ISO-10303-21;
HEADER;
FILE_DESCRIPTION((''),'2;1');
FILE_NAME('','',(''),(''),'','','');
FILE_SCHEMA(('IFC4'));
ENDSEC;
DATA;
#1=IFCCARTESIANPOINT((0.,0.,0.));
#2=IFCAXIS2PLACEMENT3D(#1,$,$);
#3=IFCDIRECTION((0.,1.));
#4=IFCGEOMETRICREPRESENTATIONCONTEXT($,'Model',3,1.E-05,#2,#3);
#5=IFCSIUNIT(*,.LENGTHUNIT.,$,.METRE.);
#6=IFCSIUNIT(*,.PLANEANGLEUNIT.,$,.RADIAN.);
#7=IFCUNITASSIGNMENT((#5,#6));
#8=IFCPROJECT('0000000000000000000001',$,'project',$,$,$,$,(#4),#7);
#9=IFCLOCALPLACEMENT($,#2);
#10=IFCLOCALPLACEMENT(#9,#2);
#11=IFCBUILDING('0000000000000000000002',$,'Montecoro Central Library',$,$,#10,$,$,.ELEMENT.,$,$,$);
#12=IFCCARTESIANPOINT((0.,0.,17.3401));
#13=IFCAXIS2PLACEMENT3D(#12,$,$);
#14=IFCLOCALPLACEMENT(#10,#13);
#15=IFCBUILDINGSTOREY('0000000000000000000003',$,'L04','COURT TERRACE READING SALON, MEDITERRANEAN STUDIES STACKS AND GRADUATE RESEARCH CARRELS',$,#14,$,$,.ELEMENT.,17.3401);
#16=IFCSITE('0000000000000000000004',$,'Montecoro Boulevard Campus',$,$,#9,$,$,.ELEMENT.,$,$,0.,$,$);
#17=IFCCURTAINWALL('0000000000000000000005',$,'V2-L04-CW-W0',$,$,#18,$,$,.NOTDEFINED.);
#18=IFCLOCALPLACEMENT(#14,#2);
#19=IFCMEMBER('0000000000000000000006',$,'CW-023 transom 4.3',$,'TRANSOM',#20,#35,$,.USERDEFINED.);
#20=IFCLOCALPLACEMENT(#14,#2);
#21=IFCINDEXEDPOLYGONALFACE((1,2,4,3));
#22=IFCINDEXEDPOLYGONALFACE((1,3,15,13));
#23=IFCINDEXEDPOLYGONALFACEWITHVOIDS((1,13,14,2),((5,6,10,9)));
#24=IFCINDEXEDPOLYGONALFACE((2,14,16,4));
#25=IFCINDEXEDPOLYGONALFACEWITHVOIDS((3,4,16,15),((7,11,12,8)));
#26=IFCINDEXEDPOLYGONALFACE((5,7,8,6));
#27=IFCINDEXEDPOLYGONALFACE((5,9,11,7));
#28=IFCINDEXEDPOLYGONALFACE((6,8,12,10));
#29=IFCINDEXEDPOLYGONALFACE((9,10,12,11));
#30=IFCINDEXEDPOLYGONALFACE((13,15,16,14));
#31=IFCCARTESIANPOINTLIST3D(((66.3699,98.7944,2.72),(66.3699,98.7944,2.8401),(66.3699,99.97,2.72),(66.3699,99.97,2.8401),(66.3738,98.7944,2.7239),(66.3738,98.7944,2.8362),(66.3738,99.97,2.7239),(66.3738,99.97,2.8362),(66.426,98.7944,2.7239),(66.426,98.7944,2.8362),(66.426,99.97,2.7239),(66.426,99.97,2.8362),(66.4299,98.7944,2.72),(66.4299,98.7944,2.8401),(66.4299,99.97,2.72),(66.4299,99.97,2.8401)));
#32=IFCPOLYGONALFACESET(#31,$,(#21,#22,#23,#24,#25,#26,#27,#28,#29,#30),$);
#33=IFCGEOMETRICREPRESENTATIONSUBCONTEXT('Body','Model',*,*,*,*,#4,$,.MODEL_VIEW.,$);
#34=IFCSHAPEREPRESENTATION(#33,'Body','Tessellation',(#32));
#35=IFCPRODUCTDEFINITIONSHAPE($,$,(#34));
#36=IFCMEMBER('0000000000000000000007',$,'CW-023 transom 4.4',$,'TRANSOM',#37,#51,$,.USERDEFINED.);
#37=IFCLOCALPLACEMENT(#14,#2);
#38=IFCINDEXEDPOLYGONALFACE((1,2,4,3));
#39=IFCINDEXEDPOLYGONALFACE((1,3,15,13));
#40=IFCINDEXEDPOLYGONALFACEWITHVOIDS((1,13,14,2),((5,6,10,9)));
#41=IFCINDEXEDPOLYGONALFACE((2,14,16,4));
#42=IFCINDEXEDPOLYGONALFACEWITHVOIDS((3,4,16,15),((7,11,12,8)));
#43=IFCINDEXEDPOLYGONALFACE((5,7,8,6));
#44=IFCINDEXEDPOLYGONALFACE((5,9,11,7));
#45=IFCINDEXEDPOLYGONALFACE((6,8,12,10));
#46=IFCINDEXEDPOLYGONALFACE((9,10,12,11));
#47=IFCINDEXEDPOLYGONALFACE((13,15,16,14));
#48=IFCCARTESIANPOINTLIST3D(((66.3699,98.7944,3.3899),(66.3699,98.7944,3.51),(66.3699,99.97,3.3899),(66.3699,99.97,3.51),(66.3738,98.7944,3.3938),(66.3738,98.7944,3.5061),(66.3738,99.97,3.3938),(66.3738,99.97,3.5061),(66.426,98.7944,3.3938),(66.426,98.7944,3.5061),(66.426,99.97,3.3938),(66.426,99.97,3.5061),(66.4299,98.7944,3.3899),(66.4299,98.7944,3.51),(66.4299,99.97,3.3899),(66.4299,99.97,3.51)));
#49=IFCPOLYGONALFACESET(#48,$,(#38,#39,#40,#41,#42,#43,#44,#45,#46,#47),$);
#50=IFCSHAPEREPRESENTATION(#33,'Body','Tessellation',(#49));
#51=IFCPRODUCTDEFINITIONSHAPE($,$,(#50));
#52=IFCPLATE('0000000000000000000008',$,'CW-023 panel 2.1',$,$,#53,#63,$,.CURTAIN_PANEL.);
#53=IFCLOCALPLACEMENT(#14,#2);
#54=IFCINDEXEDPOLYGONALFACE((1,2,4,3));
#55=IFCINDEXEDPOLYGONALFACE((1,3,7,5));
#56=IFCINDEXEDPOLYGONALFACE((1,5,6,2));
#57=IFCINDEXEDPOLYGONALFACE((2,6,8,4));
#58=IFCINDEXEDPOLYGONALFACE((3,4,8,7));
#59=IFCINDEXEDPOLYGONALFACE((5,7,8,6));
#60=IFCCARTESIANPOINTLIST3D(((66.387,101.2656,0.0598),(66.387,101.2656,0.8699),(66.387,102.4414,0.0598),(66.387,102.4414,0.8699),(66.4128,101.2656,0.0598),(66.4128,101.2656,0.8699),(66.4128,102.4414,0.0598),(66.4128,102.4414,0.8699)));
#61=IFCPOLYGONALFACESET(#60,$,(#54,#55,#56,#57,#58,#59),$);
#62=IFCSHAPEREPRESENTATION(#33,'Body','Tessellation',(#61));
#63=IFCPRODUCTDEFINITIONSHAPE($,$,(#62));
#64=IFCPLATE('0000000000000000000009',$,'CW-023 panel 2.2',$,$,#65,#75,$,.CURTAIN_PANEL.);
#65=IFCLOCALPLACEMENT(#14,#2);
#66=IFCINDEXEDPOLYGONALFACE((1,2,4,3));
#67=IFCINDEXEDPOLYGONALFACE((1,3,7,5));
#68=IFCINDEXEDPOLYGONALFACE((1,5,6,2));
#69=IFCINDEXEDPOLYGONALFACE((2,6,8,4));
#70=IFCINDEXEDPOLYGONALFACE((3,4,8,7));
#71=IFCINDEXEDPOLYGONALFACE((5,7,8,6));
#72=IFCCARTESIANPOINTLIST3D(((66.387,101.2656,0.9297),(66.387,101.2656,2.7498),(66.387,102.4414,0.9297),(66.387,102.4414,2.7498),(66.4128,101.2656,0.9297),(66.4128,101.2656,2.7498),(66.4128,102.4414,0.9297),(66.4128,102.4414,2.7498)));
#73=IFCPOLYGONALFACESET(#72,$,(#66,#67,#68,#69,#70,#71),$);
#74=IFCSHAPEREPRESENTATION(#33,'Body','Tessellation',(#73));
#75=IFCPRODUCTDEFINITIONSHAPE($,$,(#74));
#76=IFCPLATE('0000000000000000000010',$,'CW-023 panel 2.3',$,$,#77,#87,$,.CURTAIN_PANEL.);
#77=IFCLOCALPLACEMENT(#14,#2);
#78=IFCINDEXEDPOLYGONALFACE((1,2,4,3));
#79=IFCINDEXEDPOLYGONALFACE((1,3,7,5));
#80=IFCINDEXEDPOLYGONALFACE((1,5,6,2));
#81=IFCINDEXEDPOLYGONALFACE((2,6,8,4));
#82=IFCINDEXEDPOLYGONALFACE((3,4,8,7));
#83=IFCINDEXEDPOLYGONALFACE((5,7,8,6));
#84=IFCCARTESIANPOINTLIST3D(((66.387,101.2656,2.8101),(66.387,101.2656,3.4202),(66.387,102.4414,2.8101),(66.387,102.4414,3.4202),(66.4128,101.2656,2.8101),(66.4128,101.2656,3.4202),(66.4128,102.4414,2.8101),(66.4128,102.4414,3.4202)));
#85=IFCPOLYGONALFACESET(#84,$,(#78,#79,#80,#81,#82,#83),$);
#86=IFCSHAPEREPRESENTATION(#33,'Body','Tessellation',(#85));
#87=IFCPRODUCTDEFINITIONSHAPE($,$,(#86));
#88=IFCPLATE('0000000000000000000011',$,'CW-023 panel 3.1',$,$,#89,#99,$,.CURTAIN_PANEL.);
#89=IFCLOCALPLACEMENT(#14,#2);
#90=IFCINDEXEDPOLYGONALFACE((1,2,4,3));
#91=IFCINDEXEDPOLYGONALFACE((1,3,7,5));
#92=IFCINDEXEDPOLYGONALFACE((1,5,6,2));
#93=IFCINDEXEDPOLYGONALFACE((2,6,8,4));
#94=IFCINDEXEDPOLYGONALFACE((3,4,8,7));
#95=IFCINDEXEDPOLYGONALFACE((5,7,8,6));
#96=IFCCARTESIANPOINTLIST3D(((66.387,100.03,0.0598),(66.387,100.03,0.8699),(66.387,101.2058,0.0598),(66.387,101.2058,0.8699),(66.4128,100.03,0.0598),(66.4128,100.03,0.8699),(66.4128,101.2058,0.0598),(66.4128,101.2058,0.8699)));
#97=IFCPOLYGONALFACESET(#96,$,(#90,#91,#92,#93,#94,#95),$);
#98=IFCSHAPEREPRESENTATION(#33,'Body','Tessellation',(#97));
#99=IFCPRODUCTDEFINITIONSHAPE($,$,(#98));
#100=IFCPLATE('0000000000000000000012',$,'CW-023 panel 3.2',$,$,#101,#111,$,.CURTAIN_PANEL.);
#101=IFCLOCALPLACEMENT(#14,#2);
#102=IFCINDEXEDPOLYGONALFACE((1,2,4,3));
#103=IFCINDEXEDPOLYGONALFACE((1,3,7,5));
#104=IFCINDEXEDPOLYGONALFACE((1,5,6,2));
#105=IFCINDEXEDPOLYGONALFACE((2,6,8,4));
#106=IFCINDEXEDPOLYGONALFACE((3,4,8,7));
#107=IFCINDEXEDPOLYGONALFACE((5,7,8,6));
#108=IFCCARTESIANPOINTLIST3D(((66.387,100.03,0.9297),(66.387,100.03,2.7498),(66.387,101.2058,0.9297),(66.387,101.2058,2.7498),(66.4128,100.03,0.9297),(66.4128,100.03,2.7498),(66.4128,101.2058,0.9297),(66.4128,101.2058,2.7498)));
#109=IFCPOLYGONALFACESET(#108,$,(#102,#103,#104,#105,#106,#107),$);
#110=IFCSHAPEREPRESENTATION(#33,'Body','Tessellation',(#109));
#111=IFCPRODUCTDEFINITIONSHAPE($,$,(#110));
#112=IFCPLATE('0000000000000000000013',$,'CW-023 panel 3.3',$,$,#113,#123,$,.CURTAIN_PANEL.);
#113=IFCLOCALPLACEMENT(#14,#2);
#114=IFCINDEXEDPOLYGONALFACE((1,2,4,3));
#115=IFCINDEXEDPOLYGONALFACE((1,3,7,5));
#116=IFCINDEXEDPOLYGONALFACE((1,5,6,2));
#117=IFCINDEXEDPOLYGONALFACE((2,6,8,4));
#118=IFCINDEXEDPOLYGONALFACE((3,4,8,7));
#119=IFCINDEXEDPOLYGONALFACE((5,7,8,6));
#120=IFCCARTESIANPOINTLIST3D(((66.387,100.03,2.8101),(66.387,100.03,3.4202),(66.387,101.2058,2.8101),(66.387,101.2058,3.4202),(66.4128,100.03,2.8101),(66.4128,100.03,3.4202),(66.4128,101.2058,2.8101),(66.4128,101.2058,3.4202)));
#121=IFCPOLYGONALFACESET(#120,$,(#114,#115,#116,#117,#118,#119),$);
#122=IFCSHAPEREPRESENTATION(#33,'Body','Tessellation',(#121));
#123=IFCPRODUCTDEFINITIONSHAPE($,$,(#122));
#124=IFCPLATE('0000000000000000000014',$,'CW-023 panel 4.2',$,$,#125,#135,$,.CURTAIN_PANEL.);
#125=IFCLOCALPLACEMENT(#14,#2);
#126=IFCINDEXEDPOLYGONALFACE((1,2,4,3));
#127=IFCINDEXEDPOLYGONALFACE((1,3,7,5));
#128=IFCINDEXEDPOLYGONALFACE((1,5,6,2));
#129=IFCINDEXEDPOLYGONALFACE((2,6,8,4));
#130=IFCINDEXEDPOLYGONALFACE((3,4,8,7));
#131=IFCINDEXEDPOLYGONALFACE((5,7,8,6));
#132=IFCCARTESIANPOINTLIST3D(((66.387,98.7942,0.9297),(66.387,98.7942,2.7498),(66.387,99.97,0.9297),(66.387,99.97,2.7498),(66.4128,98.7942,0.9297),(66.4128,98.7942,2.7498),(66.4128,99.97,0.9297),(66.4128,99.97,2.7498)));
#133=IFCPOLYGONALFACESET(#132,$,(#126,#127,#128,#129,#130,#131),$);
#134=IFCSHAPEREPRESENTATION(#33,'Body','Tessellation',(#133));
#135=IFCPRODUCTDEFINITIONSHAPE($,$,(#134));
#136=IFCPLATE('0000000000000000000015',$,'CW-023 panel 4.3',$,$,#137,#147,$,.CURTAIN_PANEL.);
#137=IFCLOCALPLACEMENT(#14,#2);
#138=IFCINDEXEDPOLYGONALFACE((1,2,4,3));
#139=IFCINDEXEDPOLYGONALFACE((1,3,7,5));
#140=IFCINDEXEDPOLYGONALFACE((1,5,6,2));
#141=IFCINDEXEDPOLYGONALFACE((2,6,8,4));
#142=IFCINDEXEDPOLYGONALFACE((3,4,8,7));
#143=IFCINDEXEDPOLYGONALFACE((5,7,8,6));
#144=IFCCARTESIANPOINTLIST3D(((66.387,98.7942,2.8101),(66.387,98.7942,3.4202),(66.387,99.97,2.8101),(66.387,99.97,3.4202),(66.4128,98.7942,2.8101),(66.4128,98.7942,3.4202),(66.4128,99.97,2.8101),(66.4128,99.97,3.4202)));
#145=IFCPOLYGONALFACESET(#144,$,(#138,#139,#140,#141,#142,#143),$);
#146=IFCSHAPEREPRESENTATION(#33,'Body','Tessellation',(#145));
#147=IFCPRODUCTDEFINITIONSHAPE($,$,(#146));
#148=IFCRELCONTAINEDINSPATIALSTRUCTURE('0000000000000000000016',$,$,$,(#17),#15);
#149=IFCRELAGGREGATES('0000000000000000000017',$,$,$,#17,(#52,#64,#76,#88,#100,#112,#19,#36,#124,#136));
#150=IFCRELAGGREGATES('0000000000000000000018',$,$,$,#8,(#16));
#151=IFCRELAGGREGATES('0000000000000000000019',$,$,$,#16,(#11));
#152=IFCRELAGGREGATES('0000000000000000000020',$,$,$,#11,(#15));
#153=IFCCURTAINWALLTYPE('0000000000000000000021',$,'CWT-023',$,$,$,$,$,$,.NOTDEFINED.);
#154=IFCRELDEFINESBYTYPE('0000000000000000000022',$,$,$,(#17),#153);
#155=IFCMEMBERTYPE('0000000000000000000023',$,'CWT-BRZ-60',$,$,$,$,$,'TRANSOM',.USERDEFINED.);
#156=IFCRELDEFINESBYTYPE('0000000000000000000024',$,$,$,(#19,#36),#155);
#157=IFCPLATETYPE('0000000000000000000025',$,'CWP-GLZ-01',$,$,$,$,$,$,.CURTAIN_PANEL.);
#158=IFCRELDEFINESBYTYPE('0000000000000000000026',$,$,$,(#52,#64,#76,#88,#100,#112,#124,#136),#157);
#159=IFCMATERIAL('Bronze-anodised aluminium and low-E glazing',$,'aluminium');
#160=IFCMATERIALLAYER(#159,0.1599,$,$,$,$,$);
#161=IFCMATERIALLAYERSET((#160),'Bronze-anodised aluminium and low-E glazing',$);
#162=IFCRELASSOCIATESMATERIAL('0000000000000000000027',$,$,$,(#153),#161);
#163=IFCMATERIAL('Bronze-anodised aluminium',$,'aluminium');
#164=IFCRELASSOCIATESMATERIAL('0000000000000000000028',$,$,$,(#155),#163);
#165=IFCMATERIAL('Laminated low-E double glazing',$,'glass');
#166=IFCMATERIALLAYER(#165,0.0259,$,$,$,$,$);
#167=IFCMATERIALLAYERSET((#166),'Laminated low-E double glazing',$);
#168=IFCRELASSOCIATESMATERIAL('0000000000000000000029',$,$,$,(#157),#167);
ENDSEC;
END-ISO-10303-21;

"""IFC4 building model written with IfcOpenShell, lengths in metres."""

from ifc_helpers import new_model, si_unit, direction, frame, origin, origin_2d, place, context, subcontext, project, spatial, rectangle, hollow_rectangle, extrude, material, layer, layer_set, material_profile, profile_set, type_object, element, aggregate, save


model = new_model("IFC4")

# Units and contexts
model_context = context("Model", 3, precision=1e-05, world=origin(), true_north=direction((0.0, 1.0)))
body_context = subcontext(model_context, "Body", "Model", "MODEL_VIEW")
ifc_project = project(units=[si_unit("LENGTHUNIT", "METRE"), si_unit("PLANEANGLEUNIT", "RADIAN")], contexts=[model_context])

# Site, building, storey
site_placement = place(None, origin())
site = spatial("IfcSite", under=ifc_project, at=site_placement, Name="Montecoro Boulevard Campus", CompositionType="ELEMENT", RefElevation=0.0)
building_placement = place(site_placement, origin())
building = spatial("IfcBuilding", under=site, at=building_placement, Name="Montecoro Central Library", CompositionType="ELEMENT")
storey_placement = place(building_placement, frame((0.0, 0.0, 17.3401)))
storey = spatial("IfcBuildingStorey", under=building, at=storey_placement, Name="L04", Description="COURT TERRACE READING SALON, MEDITERRANEAN STUDIES STACKS AND GRADUATE RESEARCH CARRELS", CompositionType="ELEMENT", Elevation=17.3401)

# Curtain wall, members, plates
ifc_material_1 = material(Name="Bronze-anodised aluminium and low-E glazing", Category="aluminium")
ifc_layer_1 = layer(ifc_material_1, 0.1599)
ifc_layer_set_1 = layer_set([ifc_layer_1], Name="Bronze-anodised aluminium and low-E glazing")
curtain_wall_type = type_object("IfcCurtainWallType", Name="CWT-023", PredefinedType="NOTDEFINED", material=ifc_layer_set_1)
curtain_wall_placement = place(storey_placement, origin())
curtain_wall = element("IfcCurtainWall", 1, at=curtain_wall_placement, inside=storey, type_object=curtain_wall_type, Name="V2-L04-CW-W0", PredefinedType="NOTDEFINED")
ifc_material_2 = material(Name="Bronze-anodised aluminium", Category="aluminium")
ifc_material_profile_1 = material_profile(ifc_material_2, hollow_rectangle(XDim=0.0601, YDim=0.1201, WallThickness=0.0039, at=origin_2d()), Name="CWT 120x60x4.0")
ifc_profile_set_1 = profile_set([ifc_material_profile_1], Name="Bronze-anodised aluminium")
member_type_1 = type_object("IfcMemberType", Name="CWT-BRZ-60", ElementType="TRANSOM", PredefinedType="USERDEFINED", material=ifc_profile_set_1)
member_1_placement = place(storey_placement, frame((66.3999, 99.97, 2.78), z_axis=(0.0, -1.0, 0.0), x_axis=(1.0, 0.0, 0.0)))
member_1 = element("IfcMember", 2, at=member_1_placement, type_object=member_type_1, Name="CW-023 transom 4.3", ObjectType="TRANSOM", PredefinedType="USERDEFINED", context=body_context, shape_type="SweptSolid", body=[
    extrude(hollow_rectangle(XDim=0.0601, YDim=0.1201, WallThickness=0.0039, at=origin_2d()), origin(), (0.0, 0.0, 1.0), 1.1755),
])
member_2_placement = place(storey_placement, frame((66.3999, 99.97, 3.45), z_axis=(0.0, -1.0, 0.0), x_axis=(1.0, 0.0, 0.0)))
member_2 = element("IfcMember", 3, at=member_2_placement, type_object=member_type_1, Name="CW-023 transom 4.4", ObjectType="TRANSOM", PredefinedType="USERDEFINED", context=body_context, shape_type="SweptSolid", body=[
    extrude(hollow_rectangle(XDim=0.0601, YDim=0.1201, WallThickness=0.0039, at=origin_2d()), origin(), (0.0, 0.0, 1.0), 1.1755),
])
ifc_material_3 = material(Name="Laminated low-E double glazing", Category="glass")
ifc_layer_2 = layer(ifc_material_3, 0.0259)
ifc_layer_set_2 = layer_set([ifc_layer_2], Name="Laminated low-E double glazing")
plate_type = type_object("IfcPlateType", Name="CWP-GLZ-01", PredefinedType="CURTAIN_PANEL", material=ifc_layer_set_2)
plate_1_placement = place(storey_placement, frame((66.3999, 101.8535, 0.0598), z_axis=(0.0, 0.0, 1.0), x_axis=(0.0, -1.0, 0.0)))
plate_1 = element("IfcPlate", 4, at=plate_1_placement, type_object=plate_type, Name="CW-023 panel 2.1", PredefinedType="CURTAIN_PANEL", context=body_context, shape_type="SweptSolid", body=[
    extrude(rectangle(XDim=1.1758, YDim=0.0259, at=origin_2d()), origin(), (0.0, 0.0, 1.0), 0.8101),
])
plate_2_placement = place(storey_placement, frame((66.3999, 101.8535, 0.9297), z_axis=(0.0, 0.0, 1.0), x_axis=(0.0, -1.0, 0.0)))
plate_2 = element("IfcPlate", 5, at=plate_2_placement, type_object=plate_type, Name="CW-023 panel 2.2", PredefinedType="CURTAIN_PANEL", context=body_context, shape_type="SweptSolid", body=[
    extrude(rectangle(XDim=1.1758, YDim=0.0259, at=origin_2d()), origin(), (0.0, 0.0, 1.0), 1.8201),
])
plate_3_placement = place(storey_placement, frame((66.3999, 101.8535, 2.8101), z_axis=(0.0, 0.0, 1.0), x_axis=(0.0, -1.0, 0.0)))
plate_3 = element("IfcPlate", 6, at=plate_3_placement, type_object=plate_type, Name="CW-023 panel 2.3", PredefinedType="CURTAIN_PANEL", context=body_context, shape_type="SweptSolid", body=[
    extrude(rectangle(XDim=1.1758, YDim=0.0259, at=origin_2d()), origin(), (0.0, 0.0, 1.0), 0.6101),
])
plate_4_placement = place(storey_placement, frame((66.3999, 100.6179, 0.0598), z_axis=(0.0, 0.0, 1.0), x_axis=(0.0, -1.0, 0.0)))
plate_4 = element("IfcPlate", 7, at=plate_4_placement, type_object=plate_type, Name="CW-023 panel 3.1", PredefinedType="CURTAIN_PANEL", context=body_context, shape_type="SweptSolid", body=[
    extrude(rectangle(XDim=1.1758, YDim=0.0259, at=origin_2d()), origin(), (0.0, 0.0, 1.0), 0.8101),
])
plate_5_placement = place(storey_placement, frame((66.3999, 100.6179, 0.9297), z_axis=(0.0, 0.0, 1.0), x_axis=(0.0, -1.0, 0.0)))
plate_5 = element("IfcPlate", 8, at=plate_5_placement, type_object=plate_type, Name="CW-023 panel 3.2", PredefinedType="CURTAIN_PANEL", context=body_context, shape_type="SweptSolid", body=[
    extrude(rectangle(XDim=1.1758, YDim=0.0259, at=origin_2d()), origin(), (0.0, 0.0, 1.0), 1.8201),
])
plate_6_placement = place(storey_placement, frame((66.3999, 100.6179, 2.8101), z_axis=(0.0, 0.0, 1.0), x_axis=(0.0, -1.0, 0.0)))
plate_6 = element("IfcPlate", 9, at=plate_6_placement, type_object=plate_type, Name="CW-023 panel 3.3", PredefinedType="CURTAIN_PANEL", context=body_context, shape_type="SweptSolid", body=[
    extrude(rectangle(XDim=1.1758, YDim=0.0259, at=origin_2d()), origin(), (0.0, 0.0, 1.0), 0.6101),
])
plate_7_placement = place(storey_placement, frame((66.3999, 99.3821, 0.9297), z_axis=(0.0, 0.0, 1.0), x_axis=(0.0, -1.0, 0.0)))
plate_7 = element("IfcPlate", 10, at=plate_7_placement, type_object=plate_type, Name="CW-023 panel 4.2", PredefinedType="CURTAIN_PANEL", context=body_context, shape_type="SweptSolid", body=[
    extrude(rectangle(XDim=1.1758, YDim=0.0259, at=origin_2d()), origin(), (0.0, 0.0, 1.0), 1.8201),
])
plate_8_placement = place(storey_placement, frame((66.3999, 99.3821, 2.8101), z_axis=(0.0, 0.0, 1.0), x_axis=(0.0, -1.0, 0.0)))
plate_8 = element("IfcPlate", 11, at=plate_8_placement, type_object=plate_type, Name="CW-023 panel 4.3", PredefinedType="CURTAIN_PANEL", context=body_context, shape_type="SweptSolid", body=[
    extrude(rectangle(XDim=1.1758, YDim=0.0259, at=origin_2d()), origin(), (0.0, 0.0, 1.0), 0.6101),
])
aggregate(curtain_wall, [plate_1, plate_2, plate_3, plate_4, plate_5, plate_6, member_1, member_2, plate_7, plate_8])

save(model, "model.ifc")
